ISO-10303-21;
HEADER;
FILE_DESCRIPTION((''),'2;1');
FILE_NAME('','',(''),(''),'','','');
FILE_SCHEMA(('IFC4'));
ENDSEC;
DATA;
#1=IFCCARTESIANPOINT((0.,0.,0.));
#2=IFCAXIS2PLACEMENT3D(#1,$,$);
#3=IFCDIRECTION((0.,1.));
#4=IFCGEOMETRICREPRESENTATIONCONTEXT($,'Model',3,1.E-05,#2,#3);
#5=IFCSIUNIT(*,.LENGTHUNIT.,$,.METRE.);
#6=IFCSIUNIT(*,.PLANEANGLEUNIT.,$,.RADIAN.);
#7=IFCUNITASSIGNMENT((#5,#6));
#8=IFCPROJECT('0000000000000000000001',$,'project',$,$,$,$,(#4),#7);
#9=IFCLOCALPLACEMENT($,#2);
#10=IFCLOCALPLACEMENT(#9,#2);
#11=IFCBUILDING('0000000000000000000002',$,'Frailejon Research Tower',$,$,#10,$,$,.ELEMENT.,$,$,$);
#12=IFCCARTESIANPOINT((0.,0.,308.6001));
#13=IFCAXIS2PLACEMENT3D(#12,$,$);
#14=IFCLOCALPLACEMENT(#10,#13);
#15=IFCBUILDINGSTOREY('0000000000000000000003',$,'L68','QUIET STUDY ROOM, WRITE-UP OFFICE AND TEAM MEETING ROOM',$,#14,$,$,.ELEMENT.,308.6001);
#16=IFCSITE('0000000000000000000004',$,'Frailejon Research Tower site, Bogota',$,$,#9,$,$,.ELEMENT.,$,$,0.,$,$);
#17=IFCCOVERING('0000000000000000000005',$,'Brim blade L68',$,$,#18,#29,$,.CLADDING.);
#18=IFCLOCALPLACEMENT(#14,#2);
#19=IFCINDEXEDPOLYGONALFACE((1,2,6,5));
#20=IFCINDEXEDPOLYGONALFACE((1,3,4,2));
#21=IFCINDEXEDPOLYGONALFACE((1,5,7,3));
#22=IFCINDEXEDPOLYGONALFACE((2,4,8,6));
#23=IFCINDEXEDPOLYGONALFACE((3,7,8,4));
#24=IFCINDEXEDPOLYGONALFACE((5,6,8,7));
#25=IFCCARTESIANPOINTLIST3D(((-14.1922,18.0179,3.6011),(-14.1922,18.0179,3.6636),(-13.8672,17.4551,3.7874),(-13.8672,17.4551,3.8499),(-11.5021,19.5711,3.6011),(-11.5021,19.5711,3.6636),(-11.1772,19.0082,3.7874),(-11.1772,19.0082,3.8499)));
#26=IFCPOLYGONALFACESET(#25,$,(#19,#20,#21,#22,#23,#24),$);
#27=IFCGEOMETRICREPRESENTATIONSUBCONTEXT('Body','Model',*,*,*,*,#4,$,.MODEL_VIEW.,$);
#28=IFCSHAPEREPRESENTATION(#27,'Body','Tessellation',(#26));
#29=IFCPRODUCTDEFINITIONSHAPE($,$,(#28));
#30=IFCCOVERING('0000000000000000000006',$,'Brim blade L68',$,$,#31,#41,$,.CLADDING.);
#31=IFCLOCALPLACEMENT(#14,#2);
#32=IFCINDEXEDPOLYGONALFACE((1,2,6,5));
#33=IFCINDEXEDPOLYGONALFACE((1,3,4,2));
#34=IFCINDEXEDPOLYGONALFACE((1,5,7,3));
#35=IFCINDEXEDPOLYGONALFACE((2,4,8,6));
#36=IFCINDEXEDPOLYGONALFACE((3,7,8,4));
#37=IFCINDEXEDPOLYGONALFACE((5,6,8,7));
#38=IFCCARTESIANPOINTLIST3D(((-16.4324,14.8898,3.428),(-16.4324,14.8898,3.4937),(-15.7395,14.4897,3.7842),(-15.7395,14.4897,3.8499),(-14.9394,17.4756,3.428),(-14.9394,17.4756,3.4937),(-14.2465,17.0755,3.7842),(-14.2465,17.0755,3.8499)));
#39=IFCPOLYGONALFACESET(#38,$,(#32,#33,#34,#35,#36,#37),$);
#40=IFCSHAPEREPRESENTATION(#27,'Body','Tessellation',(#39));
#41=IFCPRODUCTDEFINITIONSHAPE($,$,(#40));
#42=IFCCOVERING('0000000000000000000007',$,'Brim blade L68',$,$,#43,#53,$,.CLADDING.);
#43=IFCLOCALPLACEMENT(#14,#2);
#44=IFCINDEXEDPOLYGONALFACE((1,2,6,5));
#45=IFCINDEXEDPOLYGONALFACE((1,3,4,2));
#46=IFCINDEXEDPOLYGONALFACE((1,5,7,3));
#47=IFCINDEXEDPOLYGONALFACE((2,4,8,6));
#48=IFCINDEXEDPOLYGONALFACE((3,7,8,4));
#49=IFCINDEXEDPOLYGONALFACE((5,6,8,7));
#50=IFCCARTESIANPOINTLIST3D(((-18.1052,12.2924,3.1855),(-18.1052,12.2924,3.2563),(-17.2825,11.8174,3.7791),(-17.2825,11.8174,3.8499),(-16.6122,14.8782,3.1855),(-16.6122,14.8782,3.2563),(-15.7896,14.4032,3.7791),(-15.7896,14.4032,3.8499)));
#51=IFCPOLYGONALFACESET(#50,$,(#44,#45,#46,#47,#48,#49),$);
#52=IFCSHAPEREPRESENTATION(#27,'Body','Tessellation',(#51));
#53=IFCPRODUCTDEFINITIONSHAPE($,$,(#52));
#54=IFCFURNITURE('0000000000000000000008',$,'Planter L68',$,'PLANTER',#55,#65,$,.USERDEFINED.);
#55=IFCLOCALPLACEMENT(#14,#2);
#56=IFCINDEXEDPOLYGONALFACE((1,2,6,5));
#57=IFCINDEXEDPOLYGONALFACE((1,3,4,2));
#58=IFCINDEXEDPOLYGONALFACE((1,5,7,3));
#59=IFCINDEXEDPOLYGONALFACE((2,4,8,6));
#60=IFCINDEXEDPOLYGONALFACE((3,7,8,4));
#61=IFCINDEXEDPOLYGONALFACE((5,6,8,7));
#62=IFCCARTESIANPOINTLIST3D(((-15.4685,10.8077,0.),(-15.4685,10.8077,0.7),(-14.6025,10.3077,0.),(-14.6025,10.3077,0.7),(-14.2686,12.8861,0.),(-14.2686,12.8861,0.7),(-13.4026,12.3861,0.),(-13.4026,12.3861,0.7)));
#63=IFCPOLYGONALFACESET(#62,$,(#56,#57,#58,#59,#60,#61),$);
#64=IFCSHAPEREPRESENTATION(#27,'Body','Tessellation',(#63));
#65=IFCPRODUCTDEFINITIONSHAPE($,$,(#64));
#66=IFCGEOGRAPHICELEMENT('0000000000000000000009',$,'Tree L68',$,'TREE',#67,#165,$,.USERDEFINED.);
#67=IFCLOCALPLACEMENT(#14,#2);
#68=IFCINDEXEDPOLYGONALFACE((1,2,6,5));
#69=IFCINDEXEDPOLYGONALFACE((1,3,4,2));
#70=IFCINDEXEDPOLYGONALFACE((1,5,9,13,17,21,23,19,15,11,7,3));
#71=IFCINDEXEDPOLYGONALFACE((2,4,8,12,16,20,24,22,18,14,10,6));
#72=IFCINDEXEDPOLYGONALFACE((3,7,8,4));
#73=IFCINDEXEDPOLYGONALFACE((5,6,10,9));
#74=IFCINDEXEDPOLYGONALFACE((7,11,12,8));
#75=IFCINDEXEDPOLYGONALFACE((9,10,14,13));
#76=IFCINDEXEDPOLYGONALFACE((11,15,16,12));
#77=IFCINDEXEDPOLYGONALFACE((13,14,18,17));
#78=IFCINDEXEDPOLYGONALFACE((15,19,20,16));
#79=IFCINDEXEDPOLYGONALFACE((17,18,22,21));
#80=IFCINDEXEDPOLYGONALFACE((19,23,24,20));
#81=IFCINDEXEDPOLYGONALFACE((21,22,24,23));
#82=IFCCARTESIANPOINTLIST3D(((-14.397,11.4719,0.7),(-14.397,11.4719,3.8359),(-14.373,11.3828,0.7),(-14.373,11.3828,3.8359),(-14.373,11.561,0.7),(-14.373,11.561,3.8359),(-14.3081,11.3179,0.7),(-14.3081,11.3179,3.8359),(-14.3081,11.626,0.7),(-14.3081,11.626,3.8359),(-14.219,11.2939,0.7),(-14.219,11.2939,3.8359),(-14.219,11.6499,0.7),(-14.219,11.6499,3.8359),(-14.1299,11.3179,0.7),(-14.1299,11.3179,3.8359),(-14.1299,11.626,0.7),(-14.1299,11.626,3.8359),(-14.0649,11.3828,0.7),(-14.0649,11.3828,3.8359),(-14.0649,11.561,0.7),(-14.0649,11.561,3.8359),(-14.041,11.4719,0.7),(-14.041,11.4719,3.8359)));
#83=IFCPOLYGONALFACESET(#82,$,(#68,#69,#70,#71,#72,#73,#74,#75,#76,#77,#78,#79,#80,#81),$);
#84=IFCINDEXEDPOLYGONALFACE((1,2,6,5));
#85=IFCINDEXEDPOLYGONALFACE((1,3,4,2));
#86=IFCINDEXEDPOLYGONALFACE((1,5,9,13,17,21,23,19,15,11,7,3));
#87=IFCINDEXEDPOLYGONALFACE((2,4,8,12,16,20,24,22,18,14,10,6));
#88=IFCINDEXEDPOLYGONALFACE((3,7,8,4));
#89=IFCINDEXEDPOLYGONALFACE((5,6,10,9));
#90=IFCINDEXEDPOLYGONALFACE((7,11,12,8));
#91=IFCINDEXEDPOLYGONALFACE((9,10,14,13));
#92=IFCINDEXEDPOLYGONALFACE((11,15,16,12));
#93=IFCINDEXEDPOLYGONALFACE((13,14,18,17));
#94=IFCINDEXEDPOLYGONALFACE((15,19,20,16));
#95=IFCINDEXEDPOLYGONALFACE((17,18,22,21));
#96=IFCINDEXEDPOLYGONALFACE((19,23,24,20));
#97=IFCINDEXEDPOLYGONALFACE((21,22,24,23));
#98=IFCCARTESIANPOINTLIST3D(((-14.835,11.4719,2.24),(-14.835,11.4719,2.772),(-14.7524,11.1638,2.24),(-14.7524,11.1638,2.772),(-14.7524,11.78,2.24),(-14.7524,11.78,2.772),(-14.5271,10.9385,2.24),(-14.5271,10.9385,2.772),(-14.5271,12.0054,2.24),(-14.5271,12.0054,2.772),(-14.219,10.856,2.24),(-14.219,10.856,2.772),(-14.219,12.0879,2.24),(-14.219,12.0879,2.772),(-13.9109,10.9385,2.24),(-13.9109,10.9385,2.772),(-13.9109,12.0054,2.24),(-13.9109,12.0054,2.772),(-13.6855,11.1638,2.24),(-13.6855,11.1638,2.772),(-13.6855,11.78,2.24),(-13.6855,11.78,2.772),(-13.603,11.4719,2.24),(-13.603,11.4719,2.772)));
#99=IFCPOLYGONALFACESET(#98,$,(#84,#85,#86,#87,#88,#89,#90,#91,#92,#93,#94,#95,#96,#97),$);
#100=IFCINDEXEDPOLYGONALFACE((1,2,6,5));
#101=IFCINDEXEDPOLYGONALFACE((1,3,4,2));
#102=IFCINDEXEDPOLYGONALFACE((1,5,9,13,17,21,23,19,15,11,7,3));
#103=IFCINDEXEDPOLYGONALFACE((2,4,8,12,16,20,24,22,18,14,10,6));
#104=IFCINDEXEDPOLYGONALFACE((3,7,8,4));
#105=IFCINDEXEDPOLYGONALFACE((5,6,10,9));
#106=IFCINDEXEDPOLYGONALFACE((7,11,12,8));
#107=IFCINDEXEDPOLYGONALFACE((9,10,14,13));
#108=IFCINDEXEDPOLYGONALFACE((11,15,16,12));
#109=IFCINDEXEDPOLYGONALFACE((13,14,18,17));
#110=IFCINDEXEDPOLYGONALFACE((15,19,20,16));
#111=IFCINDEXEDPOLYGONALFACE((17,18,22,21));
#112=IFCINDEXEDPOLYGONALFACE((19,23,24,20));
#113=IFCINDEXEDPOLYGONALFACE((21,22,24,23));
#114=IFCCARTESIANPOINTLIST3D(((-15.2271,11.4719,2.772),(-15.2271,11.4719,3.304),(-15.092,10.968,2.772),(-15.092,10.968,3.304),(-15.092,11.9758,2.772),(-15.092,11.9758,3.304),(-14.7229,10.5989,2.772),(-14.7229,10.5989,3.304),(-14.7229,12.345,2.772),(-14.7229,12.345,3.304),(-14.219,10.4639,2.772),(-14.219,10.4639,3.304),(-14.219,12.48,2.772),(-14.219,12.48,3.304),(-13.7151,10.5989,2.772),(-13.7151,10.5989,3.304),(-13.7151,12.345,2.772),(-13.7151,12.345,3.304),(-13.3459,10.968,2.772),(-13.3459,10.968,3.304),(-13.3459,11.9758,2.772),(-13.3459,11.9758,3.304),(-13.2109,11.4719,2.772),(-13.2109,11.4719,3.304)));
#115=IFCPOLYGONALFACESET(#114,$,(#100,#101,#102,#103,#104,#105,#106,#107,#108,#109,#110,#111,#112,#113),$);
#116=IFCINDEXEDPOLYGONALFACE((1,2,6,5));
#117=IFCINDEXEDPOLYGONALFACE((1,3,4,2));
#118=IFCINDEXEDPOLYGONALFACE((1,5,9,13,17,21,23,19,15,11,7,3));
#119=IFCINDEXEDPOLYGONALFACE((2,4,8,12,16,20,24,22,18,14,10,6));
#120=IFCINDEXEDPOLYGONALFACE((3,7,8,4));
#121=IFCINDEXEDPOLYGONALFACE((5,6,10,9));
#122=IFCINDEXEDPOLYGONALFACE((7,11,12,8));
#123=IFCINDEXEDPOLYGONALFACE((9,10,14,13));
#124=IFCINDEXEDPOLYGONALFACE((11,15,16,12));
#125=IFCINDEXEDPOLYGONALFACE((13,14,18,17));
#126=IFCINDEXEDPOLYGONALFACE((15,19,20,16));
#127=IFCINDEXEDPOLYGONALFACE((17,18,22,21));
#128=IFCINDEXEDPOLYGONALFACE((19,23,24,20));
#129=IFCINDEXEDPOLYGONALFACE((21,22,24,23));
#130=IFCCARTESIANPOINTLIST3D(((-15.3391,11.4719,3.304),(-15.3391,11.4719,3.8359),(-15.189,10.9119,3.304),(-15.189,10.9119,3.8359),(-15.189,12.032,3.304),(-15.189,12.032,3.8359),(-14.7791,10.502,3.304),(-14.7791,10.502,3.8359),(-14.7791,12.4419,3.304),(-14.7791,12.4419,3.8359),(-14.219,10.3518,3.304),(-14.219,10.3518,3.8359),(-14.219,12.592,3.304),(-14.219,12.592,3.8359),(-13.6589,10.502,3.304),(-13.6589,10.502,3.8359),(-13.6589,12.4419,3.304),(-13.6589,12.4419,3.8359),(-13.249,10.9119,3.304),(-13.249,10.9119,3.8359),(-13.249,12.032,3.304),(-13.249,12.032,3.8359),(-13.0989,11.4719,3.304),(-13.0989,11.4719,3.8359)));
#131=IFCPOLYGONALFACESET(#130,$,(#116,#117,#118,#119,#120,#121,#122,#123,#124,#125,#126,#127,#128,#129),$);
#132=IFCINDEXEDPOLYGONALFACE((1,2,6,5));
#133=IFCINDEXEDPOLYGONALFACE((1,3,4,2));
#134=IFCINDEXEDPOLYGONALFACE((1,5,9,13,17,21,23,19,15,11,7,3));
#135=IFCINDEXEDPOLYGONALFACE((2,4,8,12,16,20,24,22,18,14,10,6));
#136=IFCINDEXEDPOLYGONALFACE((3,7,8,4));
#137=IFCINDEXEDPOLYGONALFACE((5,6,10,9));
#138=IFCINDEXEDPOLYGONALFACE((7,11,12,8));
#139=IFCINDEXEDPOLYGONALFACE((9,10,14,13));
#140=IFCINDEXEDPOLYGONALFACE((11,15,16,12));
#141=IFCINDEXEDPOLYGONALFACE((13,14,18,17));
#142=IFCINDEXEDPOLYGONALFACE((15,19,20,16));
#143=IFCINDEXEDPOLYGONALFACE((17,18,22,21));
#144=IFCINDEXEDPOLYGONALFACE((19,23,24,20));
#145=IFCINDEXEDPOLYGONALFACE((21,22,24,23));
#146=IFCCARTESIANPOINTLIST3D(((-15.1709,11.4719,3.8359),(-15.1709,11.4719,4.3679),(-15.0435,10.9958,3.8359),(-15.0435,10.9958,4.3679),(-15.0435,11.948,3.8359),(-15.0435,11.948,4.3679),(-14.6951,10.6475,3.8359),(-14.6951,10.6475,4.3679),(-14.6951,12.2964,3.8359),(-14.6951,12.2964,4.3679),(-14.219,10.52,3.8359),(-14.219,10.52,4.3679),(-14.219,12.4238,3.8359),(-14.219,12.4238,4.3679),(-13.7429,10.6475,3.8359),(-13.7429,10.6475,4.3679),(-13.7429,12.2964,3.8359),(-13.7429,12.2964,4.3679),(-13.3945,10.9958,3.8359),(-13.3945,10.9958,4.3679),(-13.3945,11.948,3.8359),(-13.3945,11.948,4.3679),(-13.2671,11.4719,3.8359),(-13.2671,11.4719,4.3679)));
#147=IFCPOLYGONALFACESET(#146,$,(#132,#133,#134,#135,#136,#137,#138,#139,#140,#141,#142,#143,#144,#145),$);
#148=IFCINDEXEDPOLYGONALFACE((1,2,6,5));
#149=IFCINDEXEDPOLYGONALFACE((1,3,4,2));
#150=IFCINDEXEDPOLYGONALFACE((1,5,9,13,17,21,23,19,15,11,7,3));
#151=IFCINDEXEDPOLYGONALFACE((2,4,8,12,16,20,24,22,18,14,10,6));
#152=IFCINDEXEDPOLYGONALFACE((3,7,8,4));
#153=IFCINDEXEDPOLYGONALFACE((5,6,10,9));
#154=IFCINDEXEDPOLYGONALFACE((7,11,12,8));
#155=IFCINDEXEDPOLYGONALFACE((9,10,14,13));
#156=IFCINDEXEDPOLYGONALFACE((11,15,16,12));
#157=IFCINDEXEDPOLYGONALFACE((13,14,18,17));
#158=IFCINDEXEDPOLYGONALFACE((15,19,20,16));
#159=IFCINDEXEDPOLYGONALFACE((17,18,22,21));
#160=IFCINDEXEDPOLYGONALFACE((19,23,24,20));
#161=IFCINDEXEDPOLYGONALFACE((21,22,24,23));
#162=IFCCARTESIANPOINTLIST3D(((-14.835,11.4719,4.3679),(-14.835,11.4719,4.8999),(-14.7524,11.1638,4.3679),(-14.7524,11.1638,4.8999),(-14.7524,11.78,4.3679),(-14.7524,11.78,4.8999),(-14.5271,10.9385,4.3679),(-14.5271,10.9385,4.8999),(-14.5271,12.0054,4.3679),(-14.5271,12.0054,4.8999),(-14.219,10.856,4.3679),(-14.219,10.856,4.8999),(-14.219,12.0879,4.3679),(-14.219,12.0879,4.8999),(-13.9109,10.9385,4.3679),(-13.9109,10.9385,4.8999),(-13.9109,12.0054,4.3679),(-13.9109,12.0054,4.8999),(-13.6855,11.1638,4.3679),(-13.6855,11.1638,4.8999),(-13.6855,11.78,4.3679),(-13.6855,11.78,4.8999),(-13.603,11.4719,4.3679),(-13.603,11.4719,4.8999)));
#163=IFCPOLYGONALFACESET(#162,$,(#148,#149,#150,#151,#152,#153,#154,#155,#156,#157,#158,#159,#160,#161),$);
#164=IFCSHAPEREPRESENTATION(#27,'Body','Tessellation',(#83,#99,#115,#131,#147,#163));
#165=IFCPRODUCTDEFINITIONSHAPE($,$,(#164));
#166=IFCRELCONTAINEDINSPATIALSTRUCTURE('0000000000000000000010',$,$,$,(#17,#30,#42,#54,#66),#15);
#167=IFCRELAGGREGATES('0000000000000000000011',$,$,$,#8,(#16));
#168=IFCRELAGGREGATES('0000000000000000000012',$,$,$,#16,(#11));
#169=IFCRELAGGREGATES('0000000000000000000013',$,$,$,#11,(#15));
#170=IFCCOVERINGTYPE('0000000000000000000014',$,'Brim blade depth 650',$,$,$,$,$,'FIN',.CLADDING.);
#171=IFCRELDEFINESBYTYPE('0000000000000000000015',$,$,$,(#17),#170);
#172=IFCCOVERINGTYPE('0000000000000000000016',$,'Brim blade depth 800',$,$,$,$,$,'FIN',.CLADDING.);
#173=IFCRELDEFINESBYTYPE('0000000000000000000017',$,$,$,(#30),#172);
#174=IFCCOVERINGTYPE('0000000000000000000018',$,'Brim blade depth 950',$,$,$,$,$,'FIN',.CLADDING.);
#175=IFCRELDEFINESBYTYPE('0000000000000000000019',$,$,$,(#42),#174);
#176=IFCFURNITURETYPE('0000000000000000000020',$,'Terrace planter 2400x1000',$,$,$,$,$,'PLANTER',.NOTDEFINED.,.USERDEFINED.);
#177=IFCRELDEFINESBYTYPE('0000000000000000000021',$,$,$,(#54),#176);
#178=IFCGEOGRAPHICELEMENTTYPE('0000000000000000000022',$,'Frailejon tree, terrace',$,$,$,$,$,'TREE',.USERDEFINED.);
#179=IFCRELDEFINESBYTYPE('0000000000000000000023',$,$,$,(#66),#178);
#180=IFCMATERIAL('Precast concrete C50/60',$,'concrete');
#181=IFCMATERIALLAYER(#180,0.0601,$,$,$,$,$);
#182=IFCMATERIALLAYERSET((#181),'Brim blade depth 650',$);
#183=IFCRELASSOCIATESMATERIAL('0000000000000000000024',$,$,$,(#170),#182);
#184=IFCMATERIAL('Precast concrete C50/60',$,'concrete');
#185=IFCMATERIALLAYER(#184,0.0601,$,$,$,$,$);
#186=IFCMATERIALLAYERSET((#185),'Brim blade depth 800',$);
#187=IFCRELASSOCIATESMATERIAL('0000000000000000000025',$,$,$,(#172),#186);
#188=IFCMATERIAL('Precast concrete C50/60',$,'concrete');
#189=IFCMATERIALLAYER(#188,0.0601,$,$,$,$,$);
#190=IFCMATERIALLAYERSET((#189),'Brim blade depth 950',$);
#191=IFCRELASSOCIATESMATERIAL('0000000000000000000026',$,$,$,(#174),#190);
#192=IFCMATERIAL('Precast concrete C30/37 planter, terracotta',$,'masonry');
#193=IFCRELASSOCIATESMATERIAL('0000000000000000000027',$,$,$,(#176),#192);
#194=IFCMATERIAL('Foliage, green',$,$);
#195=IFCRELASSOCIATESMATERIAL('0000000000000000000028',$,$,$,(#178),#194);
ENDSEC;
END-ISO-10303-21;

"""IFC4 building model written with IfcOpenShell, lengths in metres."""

from ifc_helpers import new_model, si_unit, direction, frame, origin, origin_2d, place, context, subcontext, project, spatial, polyline, rectangle, outline, extrude, material, layer, layer_set, type_object, element, save


model = new_model("IFC4")

# Units and contexts
model_context = context("Model", 3, precision=1e-05, world=origin(), true_north=direction((0.0, 1.0)))
body_context = subcontext(model_context, "Body", "Model", "MODEL_VIEW")
ifc_project = project(units=[si_unit("LENGTHUNIT", "METRE"), si_unit("PLANEANGLEUNIT", "RADIAN")], contexts=[model_context])

# Site, building, storey
site_placement = place(None, origin())
site = spatial("IfcSite", under=ifc_project, at=site_placement, Name="Frailejon Research Tower site, Bogota", CompositionType="ELEMENT", RefElevation=0.0)
building_placement = place(site_placement, origin())
building = spatial("IfcBuilding", under=site, at=building_placement, Name="Frailejon Research Tower", CompositionType="ELEMENT")
storey_placement = place(building_placement, frame((0.0, 0.0, 308.6001)))
storey = spatial("IfcBuildingStorey", under=building, at=storey_placement, Name="L68", Description="QUIET STUDY ROOM, WRITE-UP OFFICE AND TEAM MEETING ROOM", CompositionType="ELEMENT", Elevation=308.6001)

# Coverings
ifc_material_1 = material(Name="Precast concrete C50/60", Category="concrete")
ifc_layer_1 = layer(ifc_material_1, 0.0601)
ifc_layer_set_1 = layer_set([ifc_layer_1], Name="Brim blade depth 650")
covering_type_1 = type_object("IfcCoveringType", Name="Brim blade depth 650", ElementType="FIN", PredefinedType="CLADDING", material=ifc_layer_set_1)
covering_1_placement = place(storey_placement, frame((-13.8672, 17.4551, 3.8499), z_axis=(0.866014, 0.50002, 0.0), x_axis=(-0.50002, 0.866014, 0.0)))
element("IfcCovering", 1, at=covering_1_placement, inside=storey, type_object=covering_type_1, Name="Brim blade L68", PredefinedType="CLADDING", context=body_context, shape_type="SweptSolid", body=[
    extrude(outline(polyline([(0.0, -0.0625), (0.6499, -0.2488), (0.6499, -0.1863), (0.0, 0.0), (0.0, -0.0625)])), origin(), (0.0, 0.0, 1.0), 3.1062),
])
ifc_material_2 = material(Name="Precast concrete C50/60", Category="concrete")
ifc_layer_2 = layer(ifc_material_2, 0.0601)
ifc_layer_set_2 = layer_set([ifc_layer_2], Name="Brim blade depth 800")
covering_type_2 = type_object("IfcCoveringType", Name="Brim blade depth 800", ElementType="FIN", PredefinedType="CLADDING", material=ifc_layer_set_2)
covering_2_placement = place(storey_placement, frame((-15.7395, 14.4897, 3.8499), z_axis=(0.500022, 0.866013, 0.0), x_axis=(-0.866013, 0.500022, 0.0)))
element("IfcCovering", 2, at=covering_2_placement, inside=storey, type_object=covering_type_2, Name="Brim blade L68", PredefinedType="CLADDING", context=body_context, shape_type="SweptSolid", body=[
    extrude(outline(polyline([(0.0, -0.0657), (0.8, -0.4219), (0.8, -0.3562), (0.0, 0.0), (0.0, -0.0657)])), origin(), (0.0, 0.0, 1.0), 2.9858),
])
ifc_material_3 = material(Name="Precast concrete C50/60", Category="concrete")
ifc_layer_3 = layer(ifc_material_3, 0.0601)
ifc_layer_set_3 = layer_set([ifc_layer_3], Name="Brim blade depth 950")
covering_type_3 = type_object("IfcCoveringType", Name="Brim blade depth 950", ElementType="FIN", PredefinedType="CLADDING", material=ifc_layer_set_3)
covering_3_placement = place(storey_placement, frame((-17.2825, 11.8174, 3.8499), z_axis=(0.499997, 0.866027, 0.0), x_axis=(-0.866027, 0.499997, 0.0)))
element("IfcCovering", 3, at=covering_3_placement, inside=storey, type_object=covering_type_3, Name="Brim blade L68", PredefinedType="CLADDING", context=body_context, shape_type="SweptSolid", body=[
    extrude(outline(polyline([(0.0, -0.0708), (0.95, -0.6643), (0.95, -0.5935), (0.0, 0.0), (0.0, -0.0708)])), origin(), (0.0, 0.0, 1.0), 2.9858),
])

# Furniture
ifc_material_4 = material(Name="Precast concrete C30/37 planter, terracotta", Category="masonry")
furniture_type = type_object("IfcFurnitureType", Name="Terrace planter 2400x1000", ElementType="PLANTER", AssemblyPlace="NOTDEFINED", PredefinedType="USERDEFINED", material=ifc_material_4)
furniture_placement = place(storey_placement, frame((-14.4355, 11.5969, 0.0), z_axis=(0.0, 0.0, 1.0), x_axis=(-0.5, -0.866025, 0.0)))
element("IfcFurniture", 4, at=furniture_placement, inside=storey, type_object=furniture_type, Name="Planter L68", ObjectType="PLANTER", PredefinedType="USERDEFINED", context=body_context, shape_type="SweptSolid", body=[
    extrude(rectangle(XDim=2.3999, YDim=1.0, at=origin_2d()), origin(), (0.0, 0.0, 1.0), 0.7),
])

# Geographic element
ifc_material_5 = material(Name="Foliage, green")
geographic_element_type = type_object("IfcGeographicElementType", Name="Frailejon tree, terrace", ElementType="TREE", PredefinedType="USERDEFINED", material=ifc_material_5)
geographic_element_placement = place(storey_placement, frame((-14.219, 11.4719, 0.7)))
element("IfcGeographicElement", 5, at=geographic_element_placement, inside=storey, type_object=geographic_element_type, Name="Tree L68", ObjectType="TREE", PredefinedType="USERDEFINED", context=body_context, shape_type="SweptSolid", body=[
    extrude(outline(polyline([(0.178, 0.0), (0.1541, 0.0891), (0.0891, 0.1541), (0.0, 0.178), (-0.0891, 0.1541), (-0.1541, 0.0891), (-0.178, 0.0), (-0.1541, -0.0891), (-0.0891, -0.1541), (0.0, -0.178), (0.0891, -0.1541), (0.1541, -0.0891), (0.178, 0.0)])), origin(), (0.0, 0.0, 1.0), 3.136),
    extrude(outline(polyline([(0.616, 0.0), (0.5334, 0.3081), (0.3081, 0.5334), (0.0, 0.616), (-0.3081, 0.5334), (-0.5334, 0.3081), (-0.616, 0.0), (-0.5334, -0.3081), (-0.3081, -0.5334), (0.0, -0.616), (0.3081, -0.5334), (0.5334, -0.3081), (0.616, 0.0)])), frame((0.0, 0.0, 1.54)), (0.0, 0.0, 1.0), 0.532),
    extrude(outline(polyline([(1.0081, 0.0), (0.873, 0.5039), (0.5039, 0.873), (0.0, 1.0081), (-0.5039, 0.873), (-0.873, 0.5039), (-1.0081, 0.0), (-0.873, -0.5039), (-0.5039, -0.873), (0.0, -1.0081), (0.5039, -0.873), (0.873, -0.5039), (1.0081, 0.0)])), frame((0.0, 0.0, 2.072)), (0.0, 0.0, 1.0), 0.532),
    extrude(outline(polyline([(1.1201, 0.0), (0.97, 0.5601), (0.5601, 0.97), (0.0, 1.1201), (-0.5601, 0.97), (-0.97, 0.5601), (-1.1201, 0.0), (-0.97, -0.5601), (-0.5601, -0.97), (0.0, -1.1201), (0.5601, -0.97), (0.97, -0.5601), (1.1201, 0.0)])), frame((0.0, 0.0, 2.604)), (0.0, 0.0, 1.0), 0.532),
    extrude(outline(polyline([(0.9519, 0.0), (0.8245, 0.4761), (0.4761, 0.8245), (0.0, 0.9519), (-0.4761, 0.8245), (-0.8245, 0.4761), (-0.9519, 0.0), (-0.8245, -0.4761), (-0.4761, -0.8245), (0.0, -0.9519), (0.4761, -0.8245), (0.8245, -0.4761), (0.9519, 0.0)])), frame((0.0, 0.0, 3.136)), (0.0, 0.0, 1.0), 0.532),
    extrude(outline(polyline([(0.616, 0.0), (0.5334, 0.3081), (0.3081, 0.5334), (0.0, 0.616), (-0.3081, 0.5334), (-0.5334, 0.3081), (-0.616, 0.0), (-0.5334, -0.3081), (-0.3081, -0.5334), (0.0, -0.616), (0.3081, -0.5334), (0.5334, -0.3081), (0.616, 0.0)])), frame((0.0, 0.0, 3.668)), (0.0, 0.0, 1.0), 0.532),
])

save(model, "model.ifc")
